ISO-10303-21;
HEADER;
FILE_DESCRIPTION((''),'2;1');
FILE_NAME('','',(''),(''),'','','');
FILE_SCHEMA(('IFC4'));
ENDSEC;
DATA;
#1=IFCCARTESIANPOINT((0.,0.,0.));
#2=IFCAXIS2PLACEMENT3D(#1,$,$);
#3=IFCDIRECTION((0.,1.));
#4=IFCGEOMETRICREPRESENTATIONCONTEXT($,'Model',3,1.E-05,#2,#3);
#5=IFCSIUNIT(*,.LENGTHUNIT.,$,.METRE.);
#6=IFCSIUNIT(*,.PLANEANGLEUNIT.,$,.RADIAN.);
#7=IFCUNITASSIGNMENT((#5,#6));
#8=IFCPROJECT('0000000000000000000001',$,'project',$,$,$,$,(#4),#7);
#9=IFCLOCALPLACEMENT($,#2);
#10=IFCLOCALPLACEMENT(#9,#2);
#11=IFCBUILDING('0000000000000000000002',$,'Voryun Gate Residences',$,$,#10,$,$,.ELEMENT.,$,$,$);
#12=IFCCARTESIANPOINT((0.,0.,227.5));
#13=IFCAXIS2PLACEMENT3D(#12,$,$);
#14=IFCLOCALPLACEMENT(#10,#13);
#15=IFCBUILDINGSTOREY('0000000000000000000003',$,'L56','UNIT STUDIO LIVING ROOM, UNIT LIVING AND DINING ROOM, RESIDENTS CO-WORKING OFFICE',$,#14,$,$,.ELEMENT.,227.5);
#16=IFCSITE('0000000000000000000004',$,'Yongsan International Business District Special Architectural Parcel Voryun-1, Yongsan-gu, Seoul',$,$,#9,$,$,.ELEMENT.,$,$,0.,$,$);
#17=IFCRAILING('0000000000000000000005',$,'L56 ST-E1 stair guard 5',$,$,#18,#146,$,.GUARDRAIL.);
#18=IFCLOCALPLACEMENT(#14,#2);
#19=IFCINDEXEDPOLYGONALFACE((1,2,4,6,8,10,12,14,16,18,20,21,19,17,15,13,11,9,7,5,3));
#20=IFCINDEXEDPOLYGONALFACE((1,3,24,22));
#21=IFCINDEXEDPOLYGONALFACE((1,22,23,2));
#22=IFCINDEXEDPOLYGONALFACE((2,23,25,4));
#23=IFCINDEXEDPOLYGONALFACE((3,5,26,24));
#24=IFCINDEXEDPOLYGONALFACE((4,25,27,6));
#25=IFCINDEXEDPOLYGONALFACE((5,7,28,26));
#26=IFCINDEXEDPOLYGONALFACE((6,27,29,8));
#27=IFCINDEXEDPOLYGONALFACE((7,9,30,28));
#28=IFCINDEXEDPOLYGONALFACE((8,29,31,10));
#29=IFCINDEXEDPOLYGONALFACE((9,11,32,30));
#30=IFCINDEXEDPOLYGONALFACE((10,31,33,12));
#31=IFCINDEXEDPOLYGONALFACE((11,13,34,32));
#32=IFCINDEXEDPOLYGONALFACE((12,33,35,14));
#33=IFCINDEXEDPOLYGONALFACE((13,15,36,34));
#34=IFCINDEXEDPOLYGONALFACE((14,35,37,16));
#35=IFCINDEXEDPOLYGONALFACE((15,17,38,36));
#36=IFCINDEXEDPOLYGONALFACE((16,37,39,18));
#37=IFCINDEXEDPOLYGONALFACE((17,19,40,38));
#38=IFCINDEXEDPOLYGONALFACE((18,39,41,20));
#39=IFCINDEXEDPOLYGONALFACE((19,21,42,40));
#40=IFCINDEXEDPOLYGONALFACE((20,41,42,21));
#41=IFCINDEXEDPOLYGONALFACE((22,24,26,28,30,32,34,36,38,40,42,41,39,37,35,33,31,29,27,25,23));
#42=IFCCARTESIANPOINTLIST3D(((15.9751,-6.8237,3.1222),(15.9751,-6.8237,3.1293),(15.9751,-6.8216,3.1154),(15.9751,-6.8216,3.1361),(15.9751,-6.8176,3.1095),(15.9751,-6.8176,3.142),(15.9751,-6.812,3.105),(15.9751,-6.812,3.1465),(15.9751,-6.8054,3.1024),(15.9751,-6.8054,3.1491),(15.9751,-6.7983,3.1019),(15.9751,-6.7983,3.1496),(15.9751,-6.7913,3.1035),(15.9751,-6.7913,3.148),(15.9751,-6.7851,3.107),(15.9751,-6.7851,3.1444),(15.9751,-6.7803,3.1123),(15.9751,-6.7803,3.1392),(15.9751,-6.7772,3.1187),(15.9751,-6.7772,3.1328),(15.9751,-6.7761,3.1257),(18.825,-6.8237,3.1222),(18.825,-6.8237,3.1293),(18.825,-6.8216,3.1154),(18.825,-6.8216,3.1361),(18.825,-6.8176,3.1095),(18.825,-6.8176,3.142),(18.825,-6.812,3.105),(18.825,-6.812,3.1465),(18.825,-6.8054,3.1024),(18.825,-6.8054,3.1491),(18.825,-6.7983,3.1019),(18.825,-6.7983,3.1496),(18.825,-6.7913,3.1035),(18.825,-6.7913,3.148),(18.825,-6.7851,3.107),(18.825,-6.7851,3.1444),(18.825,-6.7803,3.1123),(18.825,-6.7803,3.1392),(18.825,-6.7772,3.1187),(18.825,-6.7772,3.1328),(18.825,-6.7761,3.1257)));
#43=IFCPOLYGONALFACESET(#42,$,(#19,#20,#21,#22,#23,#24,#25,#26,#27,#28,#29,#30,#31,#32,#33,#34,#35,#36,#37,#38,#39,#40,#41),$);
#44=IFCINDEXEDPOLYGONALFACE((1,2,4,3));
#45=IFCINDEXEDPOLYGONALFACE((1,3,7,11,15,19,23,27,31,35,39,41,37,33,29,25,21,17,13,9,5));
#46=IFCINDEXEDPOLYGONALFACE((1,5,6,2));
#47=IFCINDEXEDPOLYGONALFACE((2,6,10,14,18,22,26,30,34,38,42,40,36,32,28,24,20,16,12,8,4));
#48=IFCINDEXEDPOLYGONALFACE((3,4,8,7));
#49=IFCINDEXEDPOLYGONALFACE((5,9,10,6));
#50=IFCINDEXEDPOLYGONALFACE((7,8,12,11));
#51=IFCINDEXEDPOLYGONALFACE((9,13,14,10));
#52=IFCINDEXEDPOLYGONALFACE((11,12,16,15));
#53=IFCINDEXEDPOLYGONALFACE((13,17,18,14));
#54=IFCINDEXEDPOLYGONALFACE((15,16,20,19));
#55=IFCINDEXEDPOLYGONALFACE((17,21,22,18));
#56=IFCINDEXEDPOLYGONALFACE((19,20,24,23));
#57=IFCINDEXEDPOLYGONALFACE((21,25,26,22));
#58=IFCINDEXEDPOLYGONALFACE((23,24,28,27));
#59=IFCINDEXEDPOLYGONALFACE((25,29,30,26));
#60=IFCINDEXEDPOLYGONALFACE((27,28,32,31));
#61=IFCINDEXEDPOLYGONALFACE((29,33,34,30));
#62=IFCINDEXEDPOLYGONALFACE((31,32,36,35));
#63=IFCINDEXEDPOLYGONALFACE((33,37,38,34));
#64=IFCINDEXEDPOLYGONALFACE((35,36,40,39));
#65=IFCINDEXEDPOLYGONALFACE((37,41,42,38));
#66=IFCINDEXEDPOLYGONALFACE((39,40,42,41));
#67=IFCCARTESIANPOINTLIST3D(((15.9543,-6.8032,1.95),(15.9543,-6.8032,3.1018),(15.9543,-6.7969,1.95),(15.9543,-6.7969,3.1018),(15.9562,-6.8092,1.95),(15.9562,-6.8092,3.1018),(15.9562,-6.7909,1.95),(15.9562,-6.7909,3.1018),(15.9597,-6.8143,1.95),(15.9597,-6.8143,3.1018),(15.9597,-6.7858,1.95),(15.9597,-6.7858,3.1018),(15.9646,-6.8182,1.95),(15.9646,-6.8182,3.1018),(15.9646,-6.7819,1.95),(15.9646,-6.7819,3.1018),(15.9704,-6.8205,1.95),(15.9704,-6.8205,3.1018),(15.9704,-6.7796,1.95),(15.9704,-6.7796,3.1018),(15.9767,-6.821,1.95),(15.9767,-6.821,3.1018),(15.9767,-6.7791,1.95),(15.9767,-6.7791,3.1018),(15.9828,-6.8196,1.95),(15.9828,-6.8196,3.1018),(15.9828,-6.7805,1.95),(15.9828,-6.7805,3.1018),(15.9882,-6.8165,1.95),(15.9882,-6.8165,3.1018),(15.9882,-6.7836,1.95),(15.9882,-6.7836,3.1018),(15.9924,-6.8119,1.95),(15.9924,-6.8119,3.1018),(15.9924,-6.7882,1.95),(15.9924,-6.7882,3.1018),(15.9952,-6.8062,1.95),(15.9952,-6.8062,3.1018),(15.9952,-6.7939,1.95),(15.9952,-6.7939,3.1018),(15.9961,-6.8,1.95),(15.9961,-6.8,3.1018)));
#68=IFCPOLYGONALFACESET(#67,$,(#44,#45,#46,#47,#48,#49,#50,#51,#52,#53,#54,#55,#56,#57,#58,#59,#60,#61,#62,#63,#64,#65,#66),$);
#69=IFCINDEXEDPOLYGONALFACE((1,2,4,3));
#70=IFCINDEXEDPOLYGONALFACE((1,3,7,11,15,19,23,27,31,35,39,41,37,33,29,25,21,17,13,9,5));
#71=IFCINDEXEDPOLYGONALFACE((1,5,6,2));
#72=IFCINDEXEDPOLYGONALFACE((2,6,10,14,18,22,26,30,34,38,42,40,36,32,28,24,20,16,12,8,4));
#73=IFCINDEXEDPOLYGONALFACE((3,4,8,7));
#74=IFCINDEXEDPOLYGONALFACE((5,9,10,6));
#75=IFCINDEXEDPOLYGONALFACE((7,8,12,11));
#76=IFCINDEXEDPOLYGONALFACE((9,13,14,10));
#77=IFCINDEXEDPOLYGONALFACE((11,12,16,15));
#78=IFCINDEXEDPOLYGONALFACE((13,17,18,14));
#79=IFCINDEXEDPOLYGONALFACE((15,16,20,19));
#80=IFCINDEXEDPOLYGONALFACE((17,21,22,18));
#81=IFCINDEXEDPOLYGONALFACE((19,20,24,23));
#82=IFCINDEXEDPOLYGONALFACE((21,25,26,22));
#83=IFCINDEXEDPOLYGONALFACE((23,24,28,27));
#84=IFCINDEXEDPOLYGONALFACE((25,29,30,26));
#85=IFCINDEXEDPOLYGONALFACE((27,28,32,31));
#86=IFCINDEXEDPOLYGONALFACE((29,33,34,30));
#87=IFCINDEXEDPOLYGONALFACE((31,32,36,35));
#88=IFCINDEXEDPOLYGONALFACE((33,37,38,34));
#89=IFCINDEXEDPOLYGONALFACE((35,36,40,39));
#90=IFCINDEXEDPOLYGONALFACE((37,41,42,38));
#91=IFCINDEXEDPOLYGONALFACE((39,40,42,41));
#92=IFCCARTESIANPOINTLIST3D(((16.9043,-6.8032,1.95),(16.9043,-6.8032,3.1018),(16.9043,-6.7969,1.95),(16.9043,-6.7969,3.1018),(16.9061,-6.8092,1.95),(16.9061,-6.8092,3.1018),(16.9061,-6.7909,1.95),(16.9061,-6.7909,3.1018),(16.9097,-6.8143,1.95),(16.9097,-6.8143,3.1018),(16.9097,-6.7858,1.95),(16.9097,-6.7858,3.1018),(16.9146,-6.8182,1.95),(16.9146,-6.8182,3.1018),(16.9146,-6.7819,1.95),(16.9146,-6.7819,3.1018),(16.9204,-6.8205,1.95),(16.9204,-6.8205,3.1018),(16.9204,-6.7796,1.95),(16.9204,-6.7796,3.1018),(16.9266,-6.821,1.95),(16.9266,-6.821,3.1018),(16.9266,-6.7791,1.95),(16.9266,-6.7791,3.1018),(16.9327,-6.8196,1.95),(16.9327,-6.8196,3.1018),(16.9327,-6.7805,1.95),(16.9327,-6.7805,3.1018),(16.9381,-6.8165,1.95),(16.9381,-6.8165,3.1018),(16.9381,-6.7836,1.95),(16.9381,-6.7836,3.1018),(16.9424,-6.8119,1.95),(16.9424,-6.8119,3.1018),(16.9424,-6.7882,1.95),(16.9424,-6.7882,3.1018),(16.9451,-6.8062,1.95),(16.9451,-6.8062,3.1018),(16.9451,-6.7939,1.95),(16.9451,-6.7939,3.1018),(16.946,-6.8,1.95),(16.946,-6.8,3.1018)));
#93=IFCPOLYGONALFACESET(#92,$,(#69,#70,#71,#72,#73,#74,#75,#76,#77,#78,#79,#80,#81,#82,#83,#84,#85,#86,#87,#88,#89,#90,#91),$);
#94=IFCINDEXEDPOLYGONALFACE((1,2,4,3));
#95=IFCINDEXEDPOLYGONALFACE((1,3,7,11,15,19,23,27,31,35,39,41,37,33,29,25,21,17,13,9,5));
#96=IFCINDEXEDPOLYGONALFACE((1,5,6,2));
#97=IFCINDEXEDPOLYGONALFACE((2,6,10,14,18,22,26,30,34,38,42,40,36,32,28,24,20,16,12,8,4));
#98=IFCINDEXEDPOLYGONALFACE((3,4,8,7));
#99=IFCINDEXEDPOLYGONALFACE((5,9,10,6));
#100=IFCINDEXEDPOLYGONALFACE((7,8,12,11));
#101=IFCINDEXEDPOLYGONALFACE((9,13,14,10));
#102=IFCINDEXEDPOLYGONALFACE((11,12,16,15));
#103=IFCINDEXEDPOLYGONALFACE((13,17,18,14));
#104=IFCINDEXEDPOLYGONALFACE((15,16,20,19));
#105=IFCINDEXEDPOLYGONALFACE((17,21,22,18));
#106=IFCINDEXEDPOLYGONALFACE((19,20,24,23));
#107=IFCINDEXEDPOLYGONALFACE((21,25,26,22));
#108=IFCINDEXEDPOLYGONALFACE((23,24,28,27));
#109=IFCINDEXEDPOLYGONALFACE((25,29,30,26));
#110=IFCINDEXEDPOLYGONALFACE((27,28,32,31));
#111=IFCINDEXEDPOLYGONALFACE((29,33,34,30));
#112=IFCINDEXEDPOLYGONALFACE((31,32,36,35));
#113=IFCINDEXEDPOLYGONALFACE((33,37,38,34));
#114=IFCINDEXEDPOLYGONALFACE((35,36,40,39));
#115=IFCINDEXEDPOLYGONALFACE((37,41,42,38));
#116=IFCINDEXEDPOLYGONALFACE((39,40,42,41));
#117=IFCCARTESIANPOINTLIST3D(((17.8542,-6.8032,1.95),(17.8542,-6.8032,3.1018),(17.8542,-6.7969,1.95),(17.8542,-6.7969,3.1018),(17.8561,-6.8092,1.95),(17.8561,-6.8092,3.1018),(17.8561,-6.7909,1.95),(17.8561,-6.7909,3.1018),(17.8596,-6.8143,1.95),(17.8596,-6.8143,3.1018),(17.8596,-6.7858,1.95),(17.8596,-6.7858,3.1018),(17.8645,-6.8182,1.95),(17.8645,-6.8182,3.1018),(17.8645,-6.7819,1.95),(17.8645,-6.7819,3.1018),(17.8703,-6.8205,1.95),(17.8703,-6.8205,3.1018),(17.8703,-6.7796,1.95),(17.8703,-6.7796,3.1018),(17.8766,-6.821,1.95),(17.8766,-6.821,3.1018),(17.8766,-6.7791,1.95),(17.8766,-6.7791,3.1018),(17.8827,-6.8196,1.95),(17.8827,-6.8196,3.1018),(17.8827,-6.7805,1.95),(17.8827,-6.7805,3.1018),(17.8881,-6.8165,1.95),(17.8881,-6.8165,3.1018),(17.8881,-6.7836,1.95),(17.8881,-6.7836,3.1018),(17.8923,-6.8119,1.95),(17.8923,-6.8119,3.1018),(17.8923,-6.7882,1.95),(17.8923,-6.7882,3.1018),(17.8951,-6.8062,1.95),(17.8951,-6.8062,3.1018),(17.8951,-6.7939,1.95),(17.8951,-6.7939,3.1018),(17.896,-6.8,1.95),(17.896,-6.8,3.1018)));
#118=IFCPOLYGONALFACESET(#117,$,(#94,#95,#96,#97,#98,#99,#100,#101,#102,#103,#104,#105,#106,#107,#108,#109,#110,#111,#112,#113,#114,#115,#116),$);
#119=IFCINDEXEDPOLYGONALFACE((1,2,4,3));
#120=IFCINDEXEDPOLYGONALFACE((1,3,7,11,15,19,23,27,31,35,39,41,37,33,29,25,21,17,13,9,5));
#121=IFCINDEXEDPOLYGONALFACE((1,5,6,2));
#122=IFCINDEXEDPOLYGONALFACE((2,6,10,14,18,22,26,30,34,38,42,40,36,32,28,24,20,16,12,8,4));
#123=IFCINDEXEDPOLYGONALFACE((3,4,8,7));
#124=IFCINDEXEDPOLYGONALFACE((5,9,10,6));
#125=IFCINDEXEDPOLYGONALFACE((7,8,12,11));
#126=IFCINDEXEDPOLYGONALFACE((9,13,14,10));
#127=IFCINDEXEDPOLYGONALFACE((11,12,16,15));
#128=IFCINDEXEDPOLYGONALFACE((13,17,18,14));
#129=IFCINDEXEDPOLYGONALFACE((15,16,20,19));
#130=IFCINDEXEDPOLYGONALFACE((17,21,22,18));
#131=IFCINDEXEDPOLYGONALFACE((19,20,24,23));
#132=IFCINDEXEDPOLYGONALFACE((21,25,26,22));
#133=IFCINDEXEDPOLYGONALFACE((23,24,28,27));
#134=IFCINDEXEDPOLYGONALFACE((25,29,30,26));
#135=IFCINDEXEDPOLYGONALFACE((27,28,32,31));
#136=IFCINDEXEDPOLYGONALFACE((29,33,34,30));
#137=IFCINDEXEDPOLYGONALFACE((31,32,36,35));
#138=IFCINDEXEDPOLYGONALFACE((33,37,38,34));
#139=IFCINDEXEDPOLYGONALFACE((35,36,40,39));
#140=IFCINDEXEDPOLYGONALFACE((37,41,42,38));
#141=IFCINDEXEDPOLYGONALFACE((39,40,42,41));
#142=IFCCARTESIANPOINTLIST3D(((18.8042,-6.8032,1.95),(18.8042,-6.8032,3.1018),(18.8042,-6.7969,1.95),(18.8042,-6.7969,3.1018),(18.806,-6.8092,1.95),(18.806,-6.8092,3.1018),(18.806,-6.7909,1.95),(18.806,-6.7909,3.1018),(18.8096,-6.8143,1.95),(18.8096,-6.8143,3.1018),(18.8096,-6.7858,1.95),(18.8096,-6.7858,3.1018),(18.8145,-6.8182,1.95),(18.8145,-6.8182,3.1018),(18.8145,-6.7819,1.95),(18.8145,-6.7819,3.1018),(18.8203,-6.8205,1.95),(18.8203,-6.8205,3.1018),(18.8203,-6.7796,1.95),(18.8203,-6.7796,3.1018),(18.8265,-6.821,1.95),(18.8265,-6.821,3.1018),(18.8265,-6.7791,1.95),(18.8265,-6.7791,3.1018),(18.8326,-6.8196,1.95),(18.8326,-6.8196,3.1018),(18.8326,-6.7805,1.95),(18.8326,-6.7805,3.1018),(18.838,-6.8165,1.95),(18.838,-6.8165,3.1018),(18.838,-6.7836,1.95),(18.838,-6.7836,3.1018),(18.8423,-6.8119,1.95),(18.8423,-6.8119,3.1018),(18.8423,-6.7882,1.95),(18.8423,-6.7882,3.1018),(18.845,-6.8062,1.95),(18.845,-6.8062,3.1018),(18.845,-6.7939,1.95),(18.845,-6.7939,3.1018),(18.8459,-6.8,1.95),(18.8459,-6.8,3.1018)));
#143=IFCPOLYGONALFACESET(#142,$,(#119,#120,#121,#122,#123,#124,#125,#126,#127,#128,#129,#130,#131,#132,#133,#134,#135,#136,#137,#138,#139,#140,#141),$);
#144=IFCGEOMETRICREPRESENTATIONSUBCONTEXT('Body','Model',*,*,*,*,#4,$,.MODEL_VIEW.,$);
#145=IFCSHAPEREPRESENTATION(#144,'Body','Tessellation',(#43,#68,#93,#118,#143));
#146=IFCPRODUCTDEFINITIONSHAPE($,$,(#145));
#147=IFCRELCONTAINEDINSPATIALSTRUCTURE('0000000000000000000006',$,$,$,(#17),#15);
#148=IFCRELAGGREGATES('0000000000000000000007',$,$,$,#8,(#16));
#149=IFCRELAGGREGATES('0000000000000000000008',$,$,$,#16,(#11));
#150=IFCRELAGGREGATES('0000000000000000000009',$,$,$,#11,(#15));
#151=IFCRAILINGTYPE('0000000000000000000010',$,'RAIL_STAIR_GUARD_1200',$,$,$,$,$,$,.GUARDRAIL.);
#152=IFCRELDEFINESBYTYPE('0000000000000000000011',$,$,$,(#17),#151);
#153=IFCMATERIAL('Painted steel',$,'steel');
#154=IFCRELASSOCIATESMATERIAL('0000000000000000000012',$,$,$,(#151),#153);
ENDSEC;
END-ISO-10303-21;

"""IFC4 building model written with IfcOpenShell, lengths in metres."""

from ifc_helpers import new_model, si_unit, direction, frame, origin, origin_2d, place, context, subcontext, project, spatial, circle, extrude, material, type_object, element, save


model = new_model("IFC4")

# Units and contexts
model_context = context("Model", 3, precision=1e-05, world=origin(), true_north=direction((0.0, 1.0)))
body_context = subcontext(model_context, "Body", "Model", "MODEL_VIEW")
ifc_project = project(units=[si_unit("LENGTHUNIT", "METRE"), si_unit("PLANEANGLEUNIT", "RADIAN")], contexts=[model_context])

# Site, building, storey
site_placement = place(None, origin())
site = spatial("IfcSite", under=ifc_project, at=site_placement, Name="Yongsan International Business District Special Architectural Parcel Voryun-1, Yongsan-gu, Seoul", CompositionType="ELEMENT", RefElevation=0.0)
building_placement = place(site_placement, origin())
building = spatial("IfcBuilding", under=site, at=building_placement, Name="Voryun Gate Residences", CompositionType="ELEMENT")
storey_placement = place(building_placement, frame((0.0, 0.0, 227.5)))
storey = spatial("IfcBuildingStorey", under=building, at=storey_placement, Name="L56", Description="UNIT STUDIO LIVING ROOM, UNIT LIVING AND DINING ROOM, RESIDENTS CO-WORKING OFFICE", CompositionType="ELEMENT", Elevation=227.5)

# Railing
ifc_material_1 = material(Name="Painted steel", Category="steel")
railing_type_1 = type_object("IfcRailingType", Name="RAIL_STAIR_GUARD_1200", PredefinedType="GUARDRAIL", material=ifc_material_1)
railing_1_placement = place(storey_placement, frame((15.9751, -6.8, 1.95)))
element("IfcRailing", 1, at=railing_1_placement, inside=storey, type_object=railing_type_1, Name="L56 ST-E1 stair guard 5", PredefinedType="GUARDRAIL", context=body_context, shape_type="SweptSolid", body=[
    extrude(circle(Radius=0.0239, at=origin_2d()), frame((0.0, 0.0, 1.1758), z_axis=(1.0, 0.0, 0.0), x_axis=(0.0, 1.0, 0.0)), (0.0, 0.0, 1.0), 2.8499),
    extrude(circle(Radius=0.021, at=origin_2d()), origin(), (0.0, 0.0, 1.0), 1.1519),
    extrude(circle(Radius=0.021, at=origin_2d()), frame((0.95, 0.0, 0.0)), (0.0, 0.0, 1.0), 1.1519),
    extrude(circle(Radius=0.021, at=origin_2d()), frame((1.8999, 0.0, 0.0)), (0.0, 0.0, 1.0), 1.1519),
    extrude(circle(Radius=0.021, at=origin_2d()), frame((2.8499, 0.0, 0.0)), (0.0, 0.0, 1.0), 1.1519),
])

save(model, "model.ifc")
